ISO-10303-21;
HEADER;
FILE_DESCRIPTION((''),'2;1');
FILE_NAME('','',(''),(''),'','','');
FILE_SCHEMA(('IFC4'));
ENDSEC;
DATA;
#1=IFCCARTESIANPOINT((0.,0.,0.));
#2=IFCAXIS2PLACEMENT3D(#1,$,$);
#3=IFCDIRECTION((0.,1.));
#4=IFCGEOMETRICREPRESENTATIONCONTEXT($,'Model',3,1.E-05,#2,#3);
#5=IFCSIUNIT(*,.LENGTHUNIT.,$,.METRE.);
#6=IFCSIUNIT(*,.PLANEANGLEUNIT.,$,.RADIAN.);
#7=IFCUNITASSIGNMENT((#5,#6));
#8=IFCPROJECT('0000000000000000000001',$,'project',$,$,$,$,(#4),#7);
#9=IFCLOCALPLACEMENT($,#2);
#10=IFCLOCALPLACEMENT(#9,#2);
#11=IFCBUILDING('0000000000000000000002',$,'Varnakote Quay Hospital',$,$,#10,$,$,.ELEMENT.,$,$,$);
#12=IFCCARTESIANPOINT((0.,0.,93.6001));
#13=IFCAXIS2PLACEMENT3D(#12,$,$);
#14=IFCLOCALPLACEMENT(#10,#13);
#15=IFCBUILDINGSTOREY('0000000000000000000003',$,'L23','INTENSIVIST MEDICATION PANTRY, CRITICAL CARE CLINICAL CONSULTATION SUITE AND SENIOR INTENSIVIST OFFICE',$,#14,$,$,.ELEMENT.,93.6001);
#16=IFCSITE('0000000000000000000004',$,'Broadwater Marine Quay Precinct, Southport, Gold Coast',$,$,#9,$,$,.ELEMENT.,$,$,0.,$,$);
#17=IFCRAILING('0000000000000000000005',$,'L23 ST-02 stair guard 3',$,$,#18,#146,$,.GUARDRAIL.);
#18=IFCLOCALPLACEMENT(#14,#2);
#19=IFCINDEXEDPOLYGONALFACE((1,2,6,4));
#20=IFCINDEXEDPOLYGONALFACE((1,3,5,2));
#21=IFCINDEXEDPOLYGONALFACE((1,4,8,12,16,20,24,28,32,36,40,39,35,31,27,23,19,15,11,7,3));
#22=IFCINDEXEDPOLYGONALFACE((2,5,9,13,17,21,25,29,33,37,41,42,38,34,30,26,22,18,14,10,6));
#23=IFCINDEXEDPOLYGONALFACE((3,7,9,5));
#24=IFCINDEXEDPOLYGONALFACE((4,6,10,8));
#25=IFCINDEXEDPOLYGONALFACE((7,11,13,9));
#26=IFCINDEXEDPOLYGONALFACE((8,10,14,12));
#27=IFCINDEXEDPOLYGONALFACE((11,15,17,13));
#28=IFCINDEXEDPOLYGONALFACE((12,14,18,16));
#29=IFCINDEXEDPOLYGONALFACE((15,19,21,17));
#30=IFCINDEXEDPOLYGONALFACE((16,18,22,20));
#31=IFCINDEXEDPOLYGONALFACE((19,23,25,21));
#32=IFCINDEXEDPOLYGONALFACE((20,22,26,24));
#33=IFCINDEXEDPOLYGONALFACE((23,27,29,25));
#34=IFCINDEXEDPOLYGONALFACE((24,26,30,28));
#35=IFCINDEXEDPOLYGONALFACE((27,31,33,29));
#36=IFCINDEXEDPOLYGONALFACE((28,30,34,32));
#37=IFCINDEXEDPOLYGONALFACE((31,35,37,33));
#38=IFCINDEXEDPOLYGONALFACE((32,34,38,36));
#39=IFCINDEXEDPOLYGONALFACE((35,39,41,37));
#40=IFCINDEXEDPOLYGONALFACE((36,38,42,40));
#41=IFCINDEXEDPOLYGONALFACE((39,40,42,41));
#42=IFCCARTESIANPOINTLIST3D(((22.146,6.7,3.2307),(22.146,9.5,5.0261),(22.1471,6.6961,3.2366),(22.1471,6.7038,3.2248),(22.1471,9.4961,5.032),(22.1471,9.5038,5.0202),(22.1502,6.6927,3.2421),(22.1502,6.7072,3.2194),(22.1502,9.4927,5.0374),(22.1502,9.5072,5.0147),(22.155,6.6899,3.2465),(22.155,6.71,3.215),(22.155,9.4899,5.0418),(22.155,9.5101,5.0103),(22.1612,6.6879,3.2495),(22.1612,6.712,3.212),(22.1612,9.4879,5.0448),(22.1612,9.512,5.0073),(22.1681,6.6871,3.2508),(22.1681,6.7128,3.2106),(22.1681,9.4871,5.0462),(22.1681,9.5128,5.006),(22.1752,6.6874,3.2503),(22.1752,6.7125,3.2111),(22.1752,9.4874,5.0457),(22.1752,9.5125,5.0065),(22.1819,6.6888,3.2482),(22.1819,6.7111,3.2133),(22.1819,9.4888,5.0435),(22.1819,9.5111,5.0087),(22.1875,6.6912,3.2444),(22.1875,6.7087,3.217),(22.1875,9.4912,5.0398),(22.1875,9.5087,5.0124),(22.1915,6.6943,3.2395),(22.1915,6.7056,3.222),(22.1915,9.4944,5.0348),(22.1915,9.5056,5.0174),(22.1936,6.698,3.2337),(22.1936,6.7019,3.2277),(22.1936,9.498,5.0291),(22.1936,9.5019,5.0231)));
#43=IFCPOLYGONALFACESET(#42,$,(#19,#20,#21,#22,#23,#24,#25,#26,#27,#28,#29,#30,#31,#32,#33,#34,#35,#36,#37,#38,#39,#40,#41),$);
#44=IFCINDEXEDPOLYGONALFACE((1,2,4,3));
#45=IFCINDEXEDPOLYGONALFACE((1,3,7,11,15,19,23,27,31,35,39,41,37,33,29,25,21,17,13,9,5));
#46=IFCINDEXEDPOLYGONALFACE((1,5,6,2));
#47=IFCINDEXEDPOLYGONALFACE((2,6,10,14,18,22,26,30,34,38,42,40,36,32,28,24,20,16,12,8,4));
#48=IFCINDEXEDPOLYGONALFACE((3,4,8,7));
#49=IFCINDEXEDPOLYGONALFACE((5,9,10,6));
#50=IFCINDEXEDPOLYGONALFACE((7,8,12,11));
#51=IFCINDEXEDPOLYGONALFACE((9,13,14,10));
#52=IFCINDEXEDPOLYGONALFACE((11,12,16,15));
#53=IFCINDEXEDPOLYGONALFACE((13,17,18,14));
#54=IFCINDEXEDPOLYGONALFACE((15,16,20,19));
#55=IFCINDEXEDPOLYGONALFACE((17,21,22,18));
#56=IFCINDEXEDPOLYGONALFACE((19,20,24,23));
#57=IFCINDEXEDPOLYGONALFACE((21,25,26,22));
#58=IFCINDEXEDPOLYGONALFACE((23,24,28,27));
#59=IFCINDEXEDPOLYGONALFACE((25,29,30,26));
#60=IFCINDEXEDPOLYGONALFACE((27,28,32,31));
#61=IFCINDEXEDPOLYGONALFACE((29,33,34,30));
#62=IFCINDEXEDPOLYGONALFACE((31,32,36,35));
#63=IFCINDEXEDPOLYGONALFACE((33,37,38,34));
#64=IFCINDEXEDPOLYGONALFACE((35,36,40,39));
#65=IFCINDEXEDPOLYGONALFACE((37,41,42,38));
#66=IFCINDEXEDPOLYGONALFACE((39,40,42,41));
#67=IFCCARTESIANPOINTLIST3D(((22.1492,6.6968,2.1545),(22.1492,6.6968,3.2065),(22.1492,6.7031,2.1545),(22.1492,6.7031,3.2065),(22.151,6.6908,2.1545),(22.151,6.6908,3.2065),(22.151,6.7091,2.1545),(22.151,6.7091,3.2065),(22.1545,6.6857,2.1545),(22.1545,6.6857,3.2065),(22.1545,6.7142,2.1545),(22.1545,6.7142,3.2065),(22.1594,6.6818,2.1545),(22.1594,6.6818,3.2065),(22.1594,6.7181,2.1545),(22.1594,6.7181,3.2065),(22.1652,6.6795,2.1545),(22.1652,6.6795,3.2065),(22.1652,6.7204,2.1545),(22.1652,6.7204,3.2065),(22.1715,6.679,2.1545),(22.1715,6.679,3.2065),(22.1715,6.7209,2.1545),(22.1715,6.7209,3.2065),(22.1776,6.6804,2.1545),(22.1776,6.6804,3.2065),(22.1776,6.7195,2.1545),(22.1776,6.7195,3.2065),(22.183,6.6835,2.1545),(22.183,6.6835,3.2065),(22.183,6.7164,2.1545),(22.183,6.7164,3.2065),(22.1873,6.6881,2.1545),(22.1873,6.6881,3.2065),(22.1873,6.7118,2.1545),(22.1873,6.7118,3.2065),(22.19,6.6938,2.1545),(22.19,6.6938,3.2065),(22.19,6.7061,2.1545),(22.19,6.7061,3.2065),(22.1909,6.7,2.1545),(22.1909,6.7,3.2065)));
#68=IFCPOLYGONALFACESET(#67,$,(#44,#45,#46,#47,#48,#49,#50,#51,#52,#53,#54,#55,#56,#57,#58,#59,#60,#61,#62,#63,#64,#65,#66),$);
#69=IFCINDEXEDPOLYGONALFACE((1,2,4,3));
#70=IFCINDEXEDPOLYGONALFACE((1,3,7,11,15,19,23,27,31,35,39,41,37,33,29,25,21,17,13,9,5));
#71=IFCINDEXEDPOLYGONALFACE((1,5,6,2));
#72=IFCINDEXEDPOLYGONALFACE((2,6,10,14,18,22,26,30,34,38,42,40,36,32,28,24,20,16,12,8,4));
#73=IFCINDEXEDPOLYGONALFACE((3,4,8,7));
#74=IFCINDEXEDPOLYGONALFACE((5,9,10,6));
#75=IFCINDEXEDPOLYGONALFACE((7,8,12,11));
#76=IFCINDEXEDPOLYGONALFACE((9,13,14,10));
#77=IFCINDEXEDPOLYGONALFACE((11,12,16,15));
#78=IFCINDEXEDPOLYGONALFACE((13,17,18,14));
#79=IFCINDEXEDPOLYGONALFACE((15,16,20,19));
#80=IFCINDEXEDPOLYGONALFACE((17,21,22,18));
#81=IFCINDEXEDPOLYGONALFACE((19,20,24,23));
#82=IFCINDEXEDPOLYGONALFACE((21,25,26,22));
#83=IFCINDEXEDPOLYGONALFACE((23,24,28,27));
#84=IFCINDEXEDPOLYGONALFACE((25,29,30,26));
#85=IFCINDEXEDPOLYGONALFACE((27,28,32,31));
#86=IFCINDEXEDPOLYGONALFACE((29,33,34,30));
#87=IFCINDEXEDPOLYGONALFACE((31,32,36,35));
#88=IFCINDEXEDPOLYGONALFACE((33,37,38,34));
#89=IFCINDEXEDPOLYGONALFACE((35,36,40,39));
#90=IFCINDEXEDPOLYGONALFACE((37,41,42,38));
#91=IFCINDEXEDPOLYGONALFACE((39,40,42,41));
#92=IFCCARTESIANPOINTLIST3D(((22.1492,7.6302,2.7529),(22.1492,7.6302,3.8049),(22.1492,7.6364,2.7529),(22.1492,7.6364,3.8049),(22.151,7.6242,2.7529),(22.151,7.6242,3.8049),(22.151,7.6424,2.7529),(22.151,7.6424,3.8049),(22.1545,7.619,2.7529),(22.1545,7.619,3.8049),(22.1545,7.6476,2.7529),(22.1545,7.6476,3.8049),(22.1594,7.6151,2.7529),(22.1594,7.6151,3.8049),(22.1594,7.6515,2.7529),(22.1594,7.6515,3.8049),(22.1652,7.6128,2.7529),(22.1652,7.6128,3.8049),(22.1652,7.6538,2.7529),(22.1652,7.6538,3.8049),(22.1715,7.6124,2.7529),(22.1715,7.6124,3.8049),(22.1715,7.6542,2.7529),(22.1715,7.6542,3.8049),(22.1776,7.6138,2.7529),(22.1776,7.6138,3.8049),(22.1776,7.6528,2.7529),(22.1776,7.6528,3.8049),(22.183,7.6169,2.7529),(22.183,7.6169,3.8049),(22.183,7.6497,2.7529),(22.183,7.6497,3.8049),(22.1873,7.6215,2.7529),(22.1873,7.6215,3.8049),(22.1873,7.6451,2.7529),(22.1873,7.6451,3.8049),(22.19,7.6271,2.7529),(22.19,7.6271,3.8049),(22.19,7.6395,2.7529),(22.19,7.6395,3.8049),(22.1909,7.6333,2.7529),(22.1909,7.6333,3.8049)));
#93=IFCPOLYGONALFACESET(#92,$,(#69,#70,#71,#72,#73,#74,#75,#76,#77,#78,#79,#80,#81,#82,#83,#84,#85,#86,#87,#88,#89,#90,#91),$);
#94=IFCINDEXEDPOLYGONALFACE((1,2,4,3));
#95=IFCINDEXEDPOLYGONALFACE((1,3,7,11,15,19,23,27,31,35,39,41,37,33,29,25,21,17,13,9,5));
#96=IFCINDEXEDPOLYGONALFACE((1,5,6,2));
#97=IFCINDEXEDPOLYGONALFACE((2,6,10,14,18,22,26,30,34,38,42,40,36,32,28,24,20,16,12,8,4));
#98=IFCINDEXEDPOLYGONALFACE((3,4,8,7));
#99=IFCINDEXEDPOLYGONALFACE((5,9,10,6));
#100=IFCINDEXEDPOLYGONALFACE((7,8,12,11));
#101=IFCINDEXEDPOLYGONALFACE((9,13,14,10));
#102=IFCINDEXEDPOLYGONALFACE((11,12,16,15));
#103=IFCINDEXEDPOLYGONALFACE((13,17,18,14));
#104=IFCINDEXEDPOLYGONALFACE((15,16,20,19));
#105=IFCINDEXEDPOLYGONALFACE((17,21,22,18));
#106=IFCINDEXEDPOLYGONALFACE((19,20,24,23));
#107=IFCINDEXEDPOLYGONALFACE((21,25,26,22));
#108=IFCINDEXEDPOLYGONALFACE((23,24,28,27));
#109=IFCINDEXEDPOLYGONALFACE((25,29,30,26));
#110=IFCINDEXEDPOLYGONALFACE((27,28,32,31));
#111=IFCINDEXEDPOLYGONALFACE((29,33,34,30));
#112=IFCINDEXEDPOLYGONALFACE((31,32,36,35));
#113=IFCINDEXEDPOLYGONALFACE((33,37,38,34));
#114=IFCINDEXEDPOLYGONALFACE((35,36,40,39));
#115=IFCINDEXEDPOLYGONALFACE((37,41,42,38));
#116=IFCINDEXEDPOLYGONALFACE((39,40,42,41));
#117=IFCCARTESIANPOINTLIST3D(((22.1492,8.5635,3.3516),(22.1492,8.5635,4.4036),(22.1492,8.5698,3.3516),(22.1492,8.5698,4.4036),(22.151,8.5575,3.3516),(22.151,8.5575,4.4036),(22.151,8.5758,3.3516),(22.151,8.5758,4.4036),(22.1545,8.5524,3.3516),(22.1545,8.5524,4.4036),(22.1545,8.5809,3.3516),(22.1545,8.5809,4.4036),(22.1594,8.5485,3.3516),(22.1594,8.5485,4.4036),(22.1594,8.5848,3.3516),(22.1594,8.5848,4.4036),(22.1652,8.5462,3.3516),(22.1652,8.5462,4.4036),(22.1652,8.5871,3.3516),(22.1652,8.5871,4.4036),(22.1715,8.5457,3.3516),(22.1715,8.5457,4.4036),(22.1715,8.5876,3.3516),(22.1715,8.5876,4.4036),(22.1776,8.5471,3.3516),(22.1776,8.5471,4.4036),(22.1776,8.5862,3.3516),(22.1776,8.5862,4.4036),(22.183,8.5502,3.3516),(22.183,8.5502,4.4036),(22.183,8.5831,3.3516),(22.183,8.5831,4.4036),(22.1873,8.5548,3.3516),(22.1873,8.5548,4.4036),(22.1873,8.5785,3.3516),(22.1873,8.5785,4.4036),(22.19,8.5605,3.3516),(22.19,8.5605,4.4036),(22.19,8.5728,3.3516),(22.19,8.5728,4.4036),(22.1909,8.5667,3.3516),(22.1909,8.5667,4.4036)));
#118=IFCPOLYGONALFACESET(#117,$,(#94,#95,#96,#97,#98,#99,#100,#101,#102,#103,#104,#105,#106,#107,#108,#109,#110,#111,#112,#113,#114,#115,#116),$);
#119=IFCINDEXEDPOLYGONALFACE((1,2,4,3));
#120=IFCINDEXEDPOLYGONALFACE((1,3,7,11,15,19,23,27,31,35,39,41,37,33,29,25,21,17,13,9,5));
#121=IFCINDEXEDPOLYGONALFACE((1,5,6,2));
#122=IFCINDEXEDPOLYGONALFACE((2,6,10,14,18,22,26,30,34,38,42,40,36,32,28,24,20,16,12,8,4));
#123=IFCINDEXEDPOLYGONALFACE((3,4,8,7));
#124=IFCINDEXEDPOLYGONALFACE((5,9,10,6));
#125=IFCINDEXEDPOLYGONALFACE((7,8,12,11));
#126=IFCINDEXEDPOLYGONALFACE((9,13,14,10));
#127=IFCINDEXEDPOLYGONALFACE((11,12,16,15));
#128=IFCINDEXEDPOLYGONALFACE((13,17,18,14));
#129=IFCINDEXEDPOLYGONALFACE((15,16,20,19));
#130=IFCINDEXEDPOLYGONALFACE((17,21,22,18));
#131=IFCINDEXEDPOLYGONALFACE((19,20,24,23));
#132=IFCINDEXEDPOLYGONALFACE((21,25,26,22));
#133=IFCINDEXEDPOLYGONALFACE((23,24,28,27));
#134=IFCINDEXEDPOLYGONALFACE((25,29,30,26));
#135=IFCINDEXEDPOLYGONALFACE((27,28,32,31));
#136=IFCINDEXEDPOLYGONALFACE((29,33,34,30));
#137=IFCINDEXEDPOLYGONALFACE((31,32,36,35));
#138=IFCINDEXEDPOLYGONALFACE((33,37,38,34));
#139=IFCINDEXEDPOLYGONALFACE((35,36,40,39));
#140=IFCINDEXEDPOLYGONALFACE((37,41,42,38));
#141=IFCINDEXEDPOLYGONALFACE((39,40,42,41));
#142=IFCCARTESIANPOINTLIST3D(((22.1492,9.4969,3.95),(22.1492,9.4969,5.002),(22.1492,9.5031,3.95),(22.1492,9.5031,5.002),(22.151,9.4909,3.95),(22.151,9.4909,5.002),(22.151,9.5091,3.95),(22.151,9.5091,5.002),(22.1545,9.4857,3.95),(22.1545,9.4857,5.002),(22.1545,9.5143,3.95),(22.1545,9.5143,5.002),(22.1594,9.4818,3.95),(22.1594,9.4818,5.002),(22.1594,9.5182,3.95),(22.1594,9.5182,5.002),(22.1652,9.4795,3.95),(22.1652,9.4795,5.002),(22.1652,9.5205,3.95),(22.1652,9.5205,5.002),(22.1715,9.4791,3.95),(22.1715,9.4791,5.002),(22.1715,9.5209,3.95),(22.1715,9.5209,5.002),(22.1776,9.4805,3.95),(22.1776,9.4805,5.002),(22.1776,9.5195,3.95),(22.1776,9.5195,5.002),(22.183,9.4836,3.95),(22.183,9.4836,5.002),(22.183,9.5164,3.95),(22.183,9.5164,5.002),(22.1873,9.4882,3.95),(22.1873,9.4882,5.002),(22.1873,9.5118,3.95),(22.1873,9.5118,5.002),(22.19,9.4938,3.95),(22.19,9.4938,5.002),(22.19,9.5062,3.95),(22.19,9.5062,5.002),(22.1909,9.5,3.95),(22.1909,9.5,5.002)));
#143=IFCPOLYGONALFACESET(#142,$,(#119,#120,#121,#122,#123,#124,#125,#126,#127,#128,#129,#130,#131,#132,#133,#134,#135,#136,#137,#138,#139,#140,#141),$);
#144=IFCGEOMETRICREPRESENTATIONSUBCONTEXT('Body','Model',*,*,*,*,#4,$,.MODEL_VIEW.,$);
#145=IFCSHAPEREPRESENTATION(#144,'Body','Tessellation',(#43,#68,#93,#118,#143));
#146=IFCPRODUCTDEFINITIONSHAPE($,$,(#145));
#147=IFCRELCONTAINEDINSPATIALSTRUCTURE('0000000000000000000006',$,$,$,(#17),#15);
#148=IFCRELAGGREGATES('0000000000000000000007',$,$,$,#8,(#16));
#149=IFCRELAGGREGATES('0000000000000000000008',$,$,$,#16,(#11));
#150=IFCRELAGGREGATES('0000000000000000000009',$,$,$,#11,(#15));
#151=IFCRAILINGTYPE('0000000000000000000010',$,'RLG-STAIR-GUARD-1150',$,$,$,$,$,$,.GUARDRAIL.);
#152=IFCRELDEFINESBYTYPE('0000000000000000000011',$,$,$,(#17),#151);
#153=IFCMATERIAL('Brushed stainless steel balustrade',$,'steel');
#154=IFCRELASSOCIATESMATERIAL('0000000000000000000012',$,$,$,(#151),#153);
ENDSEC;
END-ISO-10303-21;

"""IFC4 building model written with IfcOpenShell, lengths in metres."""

from ifc_helpers import new_model, si_unit, direction, frame, origin, origin_2d, place, context, subcontext, project, spatial, circle, extrude, material, type_object, element, save


model = new_model("IFC4")

# Units and contexts
model_context = context("Model", 3, precision=1e-05, world=origin(), true_north=direction((0.0, 1.0)))
body_context = subcontext(model_context, "Body", "Model", "MODEL_VIEW")
ifc_project = project(units=[si_unit("LENGTHUNIT", "METRE"), si_unit("PLANEANGLEUNIT", "RADIAN")], contexts=[model_context])

# Site, building, storey
site_placement = place(None, origin())
site = spatial("IfcSite", under=ifc_project, at=site_placement, Name="Broadwater Marine Quay Precinct, Southport, Gold Coast", CompositionType="ELEMENT", RefElevation=0.0)
building_placement = place(site_placement, origin())
building = spatial("IfcBuilding", under=site, at=building_placement, Name="Varnakote Quay Hospital", CompositionType="ELEMENT")
storey_placement = place(building_placement, frame((0.0, 0.0, 93.6001)))
storey = spatial("IfcBuildingStorey", under=building, at=storey_placement, Name="L23", Description="INTENSIVIST MEDICATION PANTRY, CRITICAL CARE CLINICAL CONSULTATION SUITE AND SENIOR INTENSIVIST OFFICE", CompositionType="ELEMENT", Elevation=93.6001)

# Railing
ifc_material_1 = material(Name="Brushed stainless steel balustrade", Category="steel")
railing_type_1 = type_object("IfcRailingType", Name="RLG-STAIR-GUARD-1150", PredefinedType="GUARDRAIL", material=ifc_material_1)
railing_1_placement = place(storey_placement, frame((22.1699, 6.7, 2.1545)))
element("IfcRailing", 1, at=railing_1_placement, inside=storey, type_object=railing_type_1, Name="L23 ST-02 stair guard 3", PredefinedType="GUARDRAIL", context=body_context, shape_type="SweptSolid", body=[
    extrude(circle(Radius=0.0239, at=origin_2d()), frame((0.0, 0.0, 1.0762), z_axis=(0.0, 0.84181, 0.539774), x_axis=(-1.0, 0.0, 0.0)), (0.0, 0.0, 1.0), 3.3262),
    extrude(circle(Radius=0.021, at=origin_2d()), origin(), (0.0, 0.0, 1.0), 1.052),
    extrude(circle(Radius=0.021, at=origin_2d()), frame((0.0, 0.9333, 0.5984)), (0.0, 0.0, 1.0), 1.052),
    extrude(circle(Radius=0.021, at=origin_2d()), frame((0.0, 1.8667, 1.197)), (0.0, 0.0, 1.0), 1.052),
    extrude(circle(Radius=0.021, at=origin_2d()), frame((0.0, 2.8, 1.7954)), (0.0, 0.0, 1.0), 1.052),
])

save(model, "model.ifc")
